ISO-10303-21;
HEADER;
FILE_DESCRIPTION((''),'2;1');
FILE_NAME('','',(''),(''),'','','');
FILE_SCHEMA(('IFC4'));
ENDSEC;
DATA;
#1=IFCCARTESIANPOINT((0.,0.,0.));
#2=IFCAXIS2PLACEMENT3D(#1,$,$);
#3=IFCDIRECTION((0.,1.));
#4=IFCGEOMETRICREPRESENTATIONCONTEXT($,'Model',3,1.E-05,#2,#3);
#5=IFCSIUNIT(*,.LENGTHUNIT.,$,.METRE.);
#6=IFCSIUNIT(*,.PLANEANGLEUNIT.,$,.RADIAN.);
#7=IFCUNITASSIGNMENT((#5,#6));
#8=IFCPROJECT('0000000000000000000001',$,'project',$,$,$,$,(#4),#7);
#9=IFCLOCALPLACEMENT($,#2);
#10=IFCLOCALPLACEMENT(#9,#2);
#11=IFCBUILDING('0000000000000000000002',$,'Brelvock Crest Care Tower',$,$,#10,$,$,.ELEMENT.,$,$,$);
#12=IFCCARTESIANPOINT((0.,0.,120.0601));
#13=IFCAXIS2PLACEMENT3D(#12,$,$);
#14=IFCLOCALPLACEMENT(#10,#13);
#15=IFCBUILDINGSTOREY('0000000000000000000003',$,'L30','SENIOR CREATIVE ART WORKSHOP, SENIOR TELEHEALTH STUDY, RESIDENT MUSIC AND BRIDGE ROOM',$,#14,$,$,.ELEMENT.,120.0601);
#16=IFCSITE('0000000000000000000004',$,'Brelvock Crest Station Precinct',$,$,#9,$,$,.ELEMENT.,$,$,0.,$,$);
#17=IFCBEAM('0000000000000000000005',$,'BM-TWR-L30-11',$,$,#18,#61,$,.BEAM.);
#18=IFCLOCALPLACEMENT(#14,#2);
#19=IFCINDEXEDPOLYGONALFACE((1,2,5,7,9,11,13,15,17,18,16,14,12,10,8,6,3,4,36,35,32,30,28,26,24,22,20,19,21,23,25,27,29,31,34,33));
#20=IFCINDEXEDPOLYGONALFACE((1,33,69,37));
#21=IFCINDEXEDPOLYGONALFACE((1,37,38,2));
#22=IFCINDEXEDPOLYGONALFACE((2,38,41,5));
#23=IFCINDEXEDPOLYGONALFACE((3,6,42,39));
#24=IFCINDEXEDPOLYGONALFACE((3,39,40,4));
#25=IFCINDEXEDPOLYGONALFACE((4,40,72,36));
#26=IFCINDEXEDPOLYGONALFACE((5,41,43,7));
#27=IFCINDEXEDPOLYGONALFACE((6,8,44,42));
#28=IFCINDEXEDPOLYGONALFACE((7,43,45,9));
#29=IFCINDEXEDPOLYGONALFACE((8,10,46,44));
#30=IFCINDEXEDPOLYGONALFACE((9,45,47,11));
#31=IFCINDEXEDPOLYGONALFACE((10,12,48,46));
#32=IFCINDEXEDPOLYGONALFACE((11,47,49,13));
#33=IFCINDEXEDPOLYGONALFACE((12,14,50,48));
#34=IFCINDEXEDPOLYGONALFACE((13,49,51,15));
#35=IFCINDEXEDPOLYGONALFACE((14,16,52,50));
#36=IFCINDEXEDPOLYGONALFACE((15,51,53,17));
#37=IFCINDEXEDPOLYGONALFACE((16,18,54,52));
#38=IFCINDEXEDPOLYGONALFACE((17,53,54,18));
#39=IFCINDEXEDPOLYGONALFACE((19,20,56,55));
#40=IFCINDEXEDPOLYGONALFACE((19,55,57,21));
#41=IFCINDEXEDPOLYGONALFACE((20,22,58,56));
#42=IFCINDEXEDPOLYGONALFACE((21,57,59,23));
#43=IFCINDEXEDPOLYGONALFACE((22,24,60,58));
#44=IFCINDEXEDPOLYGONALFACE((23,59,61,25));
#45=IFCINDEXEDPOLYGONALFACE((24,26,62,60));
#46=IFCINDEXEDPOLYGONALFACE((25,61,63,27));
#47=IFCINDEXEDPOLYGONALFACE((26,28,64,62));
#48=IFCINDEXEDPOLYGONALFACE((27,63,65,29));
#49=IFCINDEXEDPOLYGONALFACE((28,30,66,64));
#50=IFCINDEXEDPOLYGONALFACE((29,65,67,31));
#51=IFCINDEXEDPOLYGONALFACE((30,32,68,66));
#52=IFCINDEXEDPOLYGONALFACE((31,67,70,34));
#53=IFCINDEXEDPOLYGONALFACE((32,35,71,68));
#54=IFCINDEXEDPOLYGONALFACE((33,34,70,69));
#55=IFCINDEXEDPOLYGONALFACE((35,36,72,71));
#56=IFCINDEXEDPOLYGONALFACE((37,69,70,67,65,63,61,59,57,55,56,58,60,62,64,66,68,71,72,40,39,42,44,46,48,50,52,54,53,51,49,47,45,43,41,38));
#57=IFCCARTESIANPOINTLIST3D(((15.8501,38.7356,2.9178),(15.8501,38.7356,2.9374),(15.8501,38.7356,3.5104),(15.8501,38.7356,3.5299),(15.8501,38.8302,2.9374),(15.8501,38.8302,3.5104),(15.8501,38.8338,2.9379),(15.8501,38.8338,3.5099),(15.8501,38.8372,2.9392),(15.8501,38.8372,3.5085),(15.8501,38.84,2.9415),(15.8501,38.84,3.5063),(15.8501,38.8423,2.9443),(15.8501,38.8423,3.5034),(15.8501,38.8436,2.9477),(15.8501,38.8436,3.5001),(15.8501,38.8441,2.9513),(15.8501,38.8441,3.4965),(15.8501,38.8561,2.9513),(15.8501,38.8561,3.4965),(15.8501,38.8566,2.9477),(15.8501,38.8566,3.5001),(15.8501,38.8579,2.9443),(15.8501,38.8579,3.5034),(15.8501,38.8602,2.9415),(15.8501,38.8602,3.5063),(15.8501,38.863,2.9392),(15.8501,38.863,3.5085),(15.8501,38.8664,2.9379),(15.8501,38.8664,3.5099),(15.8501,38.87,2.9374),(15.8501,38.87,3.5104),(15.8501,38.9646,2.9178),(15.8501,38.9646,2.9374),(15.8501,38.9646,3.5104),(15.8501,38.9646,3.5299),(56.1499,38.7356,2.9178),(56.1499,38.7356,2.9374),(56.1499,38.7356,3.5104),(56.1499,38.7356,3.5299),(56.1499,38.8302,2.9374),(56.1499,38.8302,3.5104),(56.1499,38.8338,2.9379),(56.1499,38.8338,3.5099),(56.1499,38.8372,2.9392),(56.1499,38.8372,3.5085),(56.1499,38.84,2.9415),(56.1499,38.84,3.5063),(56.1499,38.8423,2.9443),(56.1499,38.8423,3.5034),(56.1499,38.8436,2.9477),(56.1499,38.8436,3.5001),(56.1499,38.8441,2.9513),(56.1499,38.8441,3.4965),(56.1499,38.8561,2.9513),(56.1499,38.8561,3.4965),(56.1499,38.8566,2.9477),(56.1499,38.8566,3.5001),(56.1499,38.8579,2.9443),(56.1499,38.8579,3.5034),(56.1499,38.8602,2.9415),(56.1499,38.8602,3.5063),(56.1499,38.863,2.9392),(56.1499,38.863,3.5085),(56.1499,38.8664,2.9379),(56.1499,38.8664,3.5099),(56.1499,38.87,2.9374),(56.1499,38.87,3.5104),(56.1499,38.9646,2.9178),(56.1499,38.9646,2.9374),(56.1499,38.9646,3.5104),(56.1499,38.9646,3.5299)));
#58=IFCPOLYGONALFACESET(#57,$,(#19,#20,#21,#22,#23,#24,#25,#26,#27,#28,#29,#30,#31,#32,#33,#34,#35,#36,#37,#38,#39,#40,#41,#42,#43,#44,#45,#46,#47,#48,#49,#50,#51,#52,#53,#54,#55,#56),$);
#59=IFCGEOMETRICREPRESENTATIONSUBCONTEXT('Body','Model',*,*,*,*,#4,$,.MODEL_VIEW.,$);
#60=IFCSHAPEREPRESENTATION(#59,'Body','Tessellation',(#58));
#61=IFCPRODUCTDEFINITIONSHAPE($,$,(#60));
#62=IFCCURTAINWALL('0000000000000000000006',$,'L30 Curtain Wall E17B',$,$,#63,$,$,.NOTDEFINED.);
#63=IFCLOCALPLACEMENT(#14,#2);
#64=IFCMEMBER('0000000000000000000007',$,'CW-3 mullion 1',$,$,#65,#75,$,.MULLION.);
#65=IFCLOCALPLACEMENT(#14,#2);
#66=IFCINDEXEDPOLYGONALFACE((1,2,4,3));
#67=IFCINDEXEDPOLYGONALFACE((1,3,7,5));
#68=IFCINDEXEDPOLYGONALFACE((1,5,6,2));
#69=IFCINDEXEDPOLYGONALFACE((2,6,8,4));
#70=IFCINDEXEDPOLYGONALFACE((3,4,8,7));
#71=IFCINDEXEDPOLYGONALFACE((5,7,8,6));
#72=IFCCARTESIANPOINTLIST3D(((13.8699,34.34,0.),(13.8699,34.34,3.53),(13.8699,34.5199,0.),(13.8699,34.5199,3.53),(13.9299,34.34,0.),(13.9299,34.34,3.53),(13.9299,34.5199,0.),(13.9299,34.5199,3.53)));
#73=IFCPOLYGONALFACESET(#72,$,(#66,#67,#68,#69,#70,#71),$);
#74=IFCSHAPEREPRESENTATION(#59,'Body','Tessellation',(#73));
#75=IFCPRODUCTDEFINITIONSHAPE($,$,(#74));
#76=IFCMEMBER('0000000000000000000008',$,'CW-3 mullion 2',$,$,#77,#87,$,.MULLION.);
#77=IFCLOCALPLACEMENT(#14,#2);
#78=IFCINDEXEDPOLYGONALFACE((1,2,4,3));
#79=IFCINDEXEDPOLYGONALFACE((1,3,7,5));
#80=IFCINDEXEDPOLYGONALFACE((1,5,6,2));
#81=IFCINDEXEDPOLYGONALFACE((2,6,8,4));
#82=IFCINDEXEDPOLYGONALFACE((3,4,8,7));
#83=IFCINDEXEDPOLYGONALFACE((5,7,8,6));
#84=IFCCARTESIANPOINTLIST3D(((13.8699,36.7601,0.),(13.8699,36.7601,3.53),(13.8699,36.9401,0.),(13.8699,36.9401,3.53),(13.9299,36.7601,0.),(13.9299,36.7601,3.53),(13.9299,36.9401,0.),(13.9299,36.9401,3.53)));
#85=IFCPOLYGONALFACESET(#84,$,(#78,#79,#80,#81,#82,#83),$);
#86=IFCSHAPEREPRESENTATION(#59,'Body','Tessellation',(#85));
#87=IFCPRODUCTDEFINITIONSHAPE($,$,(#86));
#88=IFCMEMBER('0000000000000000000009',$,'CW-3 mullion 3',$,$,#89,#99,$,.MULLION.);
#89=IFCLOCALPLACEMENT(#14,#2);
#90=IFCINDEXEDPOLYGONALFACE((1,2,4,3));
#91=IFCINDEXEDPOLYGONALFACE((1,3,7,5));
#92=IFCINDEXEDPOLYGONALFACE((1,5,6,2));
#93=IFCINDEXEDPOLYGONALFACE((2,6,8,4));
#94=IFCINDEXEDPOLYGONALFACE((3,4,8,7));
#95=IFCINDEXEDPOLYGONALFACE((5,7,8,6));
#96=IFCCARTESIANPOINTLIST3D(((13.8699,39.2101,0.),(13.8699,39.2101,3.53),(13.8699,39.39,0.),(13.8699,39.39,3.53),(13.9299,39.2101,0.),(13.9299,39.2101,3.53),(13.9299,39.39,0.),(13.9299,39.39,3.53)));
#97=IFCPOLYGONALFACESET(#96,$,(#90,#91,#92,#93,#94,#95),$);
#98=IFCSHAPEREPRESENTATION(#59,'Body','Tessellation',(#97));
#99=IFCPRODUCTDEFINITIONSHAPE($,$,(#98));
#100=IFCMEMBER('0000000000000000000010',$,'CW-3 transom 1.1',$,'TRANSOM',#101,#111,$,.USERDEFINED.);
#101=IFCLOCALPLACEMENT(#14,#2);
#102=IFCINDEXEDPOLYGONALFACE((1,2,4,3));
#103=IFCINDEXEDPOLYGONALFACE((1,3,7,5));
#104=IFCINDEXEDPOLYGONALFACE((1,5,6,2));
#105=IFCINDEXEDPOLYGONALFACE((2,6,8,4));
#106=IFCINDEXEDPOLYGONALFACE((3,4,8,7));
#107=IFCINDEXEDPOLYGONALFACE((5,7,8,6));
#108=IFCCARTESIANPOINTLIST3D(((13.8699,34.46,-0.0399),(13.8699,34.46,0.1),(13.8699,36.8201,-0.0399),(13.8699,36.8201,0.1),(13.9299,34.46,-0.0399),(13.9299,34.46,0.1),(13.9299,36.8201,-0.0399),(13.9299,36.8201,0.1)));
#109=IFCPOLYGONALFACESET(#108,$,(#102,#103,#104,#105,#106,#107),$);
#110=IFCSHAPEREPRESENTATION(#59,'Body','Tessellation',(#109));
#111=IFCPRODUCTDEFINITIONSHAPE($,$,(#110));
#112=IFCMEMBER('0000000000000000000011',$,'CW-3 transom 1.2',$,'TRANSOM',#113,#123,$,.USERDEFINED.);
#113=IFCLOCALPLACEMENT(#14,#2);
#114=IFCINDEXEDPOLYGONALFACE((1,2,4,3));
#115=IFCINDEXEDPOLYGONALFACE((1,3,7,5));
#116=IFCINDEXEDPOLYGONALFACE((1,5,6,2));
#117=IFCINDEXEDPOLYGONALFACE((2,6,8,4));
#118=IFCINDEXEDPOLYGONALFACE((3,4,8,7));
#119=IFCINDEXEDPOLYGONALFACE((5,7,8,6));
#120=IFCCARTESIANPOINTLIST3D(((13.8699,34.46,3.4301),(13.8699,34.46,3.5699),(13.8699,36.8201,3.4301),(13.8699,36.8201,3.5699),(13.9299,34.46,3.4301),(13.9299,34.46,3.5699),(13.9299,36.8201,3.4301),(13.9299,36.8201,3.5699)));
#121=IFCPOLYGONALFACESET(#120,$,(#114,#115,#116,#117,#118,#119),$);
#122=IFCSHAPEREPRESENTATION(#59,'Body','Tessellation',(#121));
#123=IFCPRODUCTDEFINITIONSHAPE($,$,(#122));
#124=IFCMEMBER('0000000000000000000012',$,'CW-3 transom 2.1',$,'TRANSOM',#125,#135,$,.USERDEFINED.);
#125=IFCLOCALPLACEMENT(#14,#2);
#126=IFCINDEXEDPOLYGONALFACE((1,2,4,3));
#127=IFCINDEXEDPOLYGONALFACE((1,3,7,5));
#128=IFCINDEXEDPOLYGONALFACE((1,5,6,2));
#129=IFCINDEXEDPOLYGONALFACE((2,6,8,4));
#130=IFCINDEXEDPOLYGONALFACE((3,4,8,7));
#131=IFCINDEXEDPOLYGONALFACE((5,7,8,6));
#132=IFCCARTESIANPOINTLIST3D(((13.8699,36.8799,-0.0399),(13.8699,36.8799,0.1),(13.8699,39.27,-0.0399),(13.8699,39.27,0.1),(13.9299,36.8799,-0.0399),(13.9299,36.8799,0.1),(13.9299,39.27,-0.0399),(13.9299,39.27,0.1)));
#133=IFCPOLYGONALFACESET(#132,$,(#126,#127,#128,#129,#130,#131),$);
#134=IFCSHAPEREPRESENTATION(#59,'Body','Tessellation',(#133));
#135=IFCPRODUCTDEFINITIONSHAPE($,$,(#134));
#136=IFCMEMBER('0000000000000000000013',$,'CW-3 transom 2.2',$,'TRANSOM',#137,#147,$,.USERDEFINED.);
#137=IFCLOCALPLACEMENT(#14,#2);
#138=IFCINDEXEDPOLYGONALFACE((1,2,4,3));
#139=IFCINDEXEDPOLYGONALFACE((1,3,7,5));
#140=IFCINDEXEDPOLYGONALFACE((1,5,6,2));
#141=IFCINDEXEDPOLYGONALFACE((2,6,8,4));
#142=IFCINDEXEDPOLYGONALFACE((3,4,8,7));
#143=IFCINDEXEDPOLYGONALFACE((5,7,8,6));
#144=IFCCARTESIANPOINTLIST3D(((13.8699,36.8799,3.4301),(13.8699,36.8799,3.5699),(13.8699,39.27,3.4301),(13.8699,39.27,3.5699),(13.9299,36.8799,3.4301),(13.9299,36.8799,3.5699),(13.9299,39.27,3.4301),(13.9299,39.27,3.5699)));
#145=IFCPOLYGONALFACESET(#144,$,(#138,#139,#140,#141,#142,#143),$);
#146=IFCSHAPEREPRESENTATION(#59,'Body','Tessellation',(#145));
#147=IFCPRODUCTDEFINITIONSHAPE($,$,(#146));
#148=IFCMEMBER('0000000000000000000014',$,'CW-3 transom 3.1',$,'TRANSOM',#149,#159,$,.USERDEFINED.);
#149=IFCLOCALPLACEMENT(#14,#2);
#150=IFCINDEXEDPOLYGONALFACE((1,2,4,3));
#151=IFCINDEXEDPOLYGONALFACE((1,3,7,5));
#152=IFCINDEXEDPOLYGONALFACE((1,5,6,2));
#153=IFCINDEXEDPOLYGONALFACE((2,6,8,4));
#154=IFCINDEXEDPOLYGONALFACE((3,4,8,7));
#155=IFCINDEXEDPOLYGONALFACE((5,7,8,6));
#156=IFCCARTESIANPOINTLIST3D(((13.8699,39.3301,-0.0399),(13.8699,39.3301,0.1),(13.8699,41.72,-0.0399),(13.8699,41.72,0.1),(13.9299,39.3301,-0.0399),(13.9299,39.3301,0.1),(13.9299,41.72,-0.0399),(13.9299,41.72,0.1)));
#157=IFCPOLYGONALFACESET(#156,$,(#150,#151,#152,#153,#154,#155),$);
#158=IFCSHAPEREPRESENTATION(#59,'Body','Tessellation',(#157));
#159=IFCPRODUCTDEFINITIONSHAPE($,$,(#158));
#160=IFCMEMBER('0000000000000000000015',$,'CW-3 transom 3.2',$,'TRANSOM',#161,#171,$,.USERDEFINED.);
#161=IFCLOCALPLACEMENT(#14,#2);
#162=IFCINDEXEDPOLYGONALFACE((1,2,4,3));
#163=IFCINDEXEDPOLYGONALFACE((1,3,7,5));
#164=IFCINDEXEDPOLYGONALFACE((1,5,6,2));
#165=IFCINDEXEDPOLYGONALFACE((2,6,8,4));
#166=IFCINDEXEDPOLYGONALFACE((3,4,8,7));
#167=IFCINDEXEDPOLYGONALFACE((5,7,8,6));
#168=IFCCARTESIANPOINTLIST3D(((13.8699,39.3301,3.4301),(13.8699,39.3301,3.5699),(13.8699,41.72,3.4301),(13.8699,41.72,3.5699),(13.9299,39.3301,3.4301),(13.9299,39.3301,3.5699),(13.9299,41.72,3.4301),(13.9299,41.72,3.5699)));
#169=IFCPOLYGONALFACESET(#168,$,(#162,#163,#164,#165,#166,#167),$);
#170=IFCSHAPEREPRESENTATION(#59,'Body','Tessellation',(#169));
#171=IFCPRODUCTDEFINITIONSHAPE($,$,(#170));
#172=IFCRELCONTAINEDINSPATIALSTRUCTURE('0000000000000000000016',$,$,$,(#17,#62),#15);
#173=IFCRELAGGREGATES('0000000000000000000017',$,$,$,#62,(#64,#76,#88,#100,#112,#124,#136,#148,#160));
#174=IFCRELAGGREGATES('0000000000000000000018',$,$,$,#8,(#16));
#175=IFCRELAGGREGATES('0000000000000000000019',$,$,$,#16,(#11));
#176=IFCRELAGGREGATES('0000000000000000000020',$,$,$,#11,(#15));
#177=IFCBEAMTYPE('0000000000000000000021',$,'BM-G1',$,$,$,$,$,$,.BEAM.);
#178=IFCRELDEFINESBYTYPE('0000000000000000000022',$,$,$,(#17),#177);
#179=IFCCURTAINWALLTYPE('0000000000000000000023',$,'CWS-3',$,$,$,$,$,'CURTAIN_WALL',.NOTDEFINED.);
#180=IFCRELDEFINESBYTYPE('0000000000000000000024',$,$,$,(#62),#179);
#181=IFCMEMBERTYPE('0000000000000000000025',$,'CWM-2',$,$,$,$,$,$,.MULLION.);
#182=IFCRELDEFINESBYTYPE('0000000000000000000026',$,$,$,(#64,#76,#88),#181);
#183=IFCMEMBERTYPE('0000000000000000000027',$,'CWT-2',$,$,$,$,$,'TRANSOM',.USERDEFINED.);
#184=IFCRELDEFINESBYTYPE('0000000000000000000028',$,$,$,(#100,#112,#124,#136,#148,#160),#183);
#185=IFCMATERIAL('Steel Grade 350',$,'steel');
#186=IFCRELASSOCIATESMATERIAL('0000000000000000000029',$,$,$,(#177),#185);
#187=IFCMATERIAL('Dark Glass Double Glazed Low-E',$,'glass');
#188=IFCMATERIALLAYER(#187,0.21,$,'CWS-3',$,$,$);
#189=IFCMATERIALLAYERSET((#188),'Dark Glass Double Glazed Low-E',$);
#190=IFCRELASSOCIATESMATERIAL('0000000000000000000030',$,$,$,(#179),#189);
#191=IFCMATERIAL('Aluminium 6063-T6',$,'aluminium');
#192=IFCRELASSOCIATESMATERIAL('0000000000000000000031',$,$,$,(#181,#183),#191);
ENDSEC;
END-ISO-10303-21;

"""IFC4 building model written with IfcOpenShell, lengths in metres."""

from ifc_helpers import new_model, si_unit, direction, frame, origin, origin_2d, place, context, subcontext, project, spatial, rectangle, i_section, extrude, source, transform, mapped, material, layer, layer_set, material_profile, profile_set, type_object, element, aggregate, save


model = new_model("IFC4")

# Units and contexts
model_context = context("Model", 3, precision=1e-05, world=origin(), true_north=direction((0.0, 1.0)))
body_context = subcontext(model_context, "Body", "Model", "MODEL_VIEW")
ifc_project = project(units=[si_unit("LENGTHUNIT", "METRE"), si_unit("PLANEANGLEUNIT", "RADIAN")], contexts=[model_context])

# Site, building, storey
site_placement = place(None, origin())
site = spatial("IfcSite", under=ifc_project, at=site_placement, Name="Brelvock Crest Station Precinct", CompositionType="ELEMENT", RefElevation=0.0)
building_placement = place(site_placement, origin())
building = spatial("IfcBuilding", under=site, at=building_placement, Name="Brelvock Crest Care Tower", CompositionType="ELEMENT")
storey_placement = place(building_placement, frame((0.0, 0.0, 120.0601)))
storey = spatial("IfcBuildingStorey", under=building, at=storey_placement, Name="L30", Description="SENIOR CREATIVE ART WORKSHOP, SENIOR TELEHEALTH STUDY, RESIDENT MUSIC AND BRIDGE ROOM", CompositionType="ELEMENT", Elevation=120.0601)

# Shared definitions
ifc_material_1 = material(Name="Steel Grade 350", Category="steel")

# Beam
ifc_material_profile_1 = material_profile(ifc_material_1, i_section(OverallWidth=0.229, OverallDepth=0.6121, WebThickness=0.012, FlangeThickness=0.0195, FilletRadius=0.0139, at=origin_2d()), Name="610UB125")
ifc_profile_set_1 = profile_set([ifc_material_profile_1], Name="Steel Grade 350")
beam_type_1 = type_object("IfcBeamType", Name="BM-G1", PredefinedType="BEAM", material=ifc_profile_set_1)
shared_shape_1 = source(origin(), body_context, "Body", "SweptSolid", [
    extrude(i_section(OverallWidth=0.229, OverallDepth=0.6121, WebThickness=0.012, FlangeThickness=0.0195, FilletRadius=0.0139, at=origin_2d()), origin(), (0.0, 0.0, 1.0), 40.2998),
])
beam_1_placement = place(storey_placement, frame((15.8501, 38.8501, 3.2239), z_axis=(1.0, 0.0, 0.0), x_axis=(0.0, 1.0, 0.0)))
element("IfcBeam", 1, at=beam_1_placement, inside=storey, type_object=beam_type_1, Name="BM-TWR-L30-11", PredefinedType="BEAM", context=body_context, shape_type="MappedRepresentation", body=[
    mapped(shared_shape_1, transform((0.0, 0.0, 0.0), x_axis=(1.0, 0.0, 0.0), y_axis=(0.0, 1.0, 0.0), z_axis=(0.0, 0.0, 1.0), scale=1.0)),
])

# Curtain wall, members
ifc_material_2 = material(Name="Dark Glass Double Glazed Low-E", Category="glass")
ifc_layer_1 = layer(ifc_material_2, 0.21, Name="CWS-3")
ifc_layer_set_1 = layer_set([ifc_layer_1], Name="Dark Glass Double Glazed Low-E")
curtain_wall_type = type_object("IfcCurtainWallType", Name="CWS-3", ElementType="CURTAIN_WALL", PredefinedType="NOTDEFINED", material=ifc_layer_set_1)
curtain_wall_placement = place(storey_placement, origin())
curtain_wall = element("IfcCurtainWall", 2, at=curtain_wall_placement, inside=storey, type_object=curtain_wall_type, Name="L30 Curtain Wall E17B", PredefinedType="NOTDEFINED")
ifc_material_3 = material(Name="Aluminium 6063-T6", Category="aluminium")
ifc_material_profile_2 = material_profile(ifc_material_3, rectangle(XDim=0.0601, YDim=0.1799, at=origin_2d()), Name="ALU60x180")
ifc_profile_set_2 = profile_set([ifc_material_profile_2], Name="Aluminium 6063-T6")
member_type_1 = type_object("IfcMemberType", Name="CWM-2", PredefinedType="MULLION", material=ifc_profile_set_2)
shared_shape_2 = source(origin(), body_context, "Body", "SweptSolid", [
    extrude(rectangle(XDim=0.0601, YDim=0.1799, at=origin_2d()), origin(), (0.0, 0.0, 1.0), 3.53),
])
member_1_placement = place(storey_placement, frame((13.8999, 34.4299, 0.0), z_axis=(0.0, 0.0, 1.0), x_axis=(-1.0, 0.0, 0.0)))
member_1 = element("IfcMember", 3, at=member_1_placement, type_object=member_type_1, Name="CW-3 mullion 1", PredefinedType="MULLION", context=body_context, shape_type="MappedRepresentation", body=[
    mapped(shared_shape_2, transform((0.0, 0.0, 0.0), x_axis=(1.0, 0.0, 0.0), y_axis=(0.0, 1.0, 0.0), z_axis=(0.0, 0.0, 1.0), scale=1.0)),
])
member_2_placement = place(storey_placement, frame((13.8999, 36.8501, 0.0), z_axis=(0.0, 0.0, 1.0), x_axis=(-1.0, 0.0, 0.0)))
member_2 = element("IfcMember", 4, at=member_2_placement, type_object=member_type_1, Name="CW-3 mullion 2", PredefinedType="MULLION", context=body_context, shape_type="MappedRepresentation", body=[
    mapped(shared_shape_2, transform((0.0, 0.0, 0.0), x_axis=(1.0, 0.0, 0.0), y_axis=(0.0, 1.0, 0.0), z_axis=(0.0, 0.0, 1.0), scale=1.0)),
])
member_3_placement = place(storey_placement, frame((13.8999, 39.3, 0.0), z_axis=(0.0, 0.0, 1.0), x_axis=(-1.0, 0.0, 0.0)))
member_3 = element("IfcMember", 5, at=member_3_placement, type_object=member_type_1, Name="CW-3 mullion 3", PredefinedType="MULLION", context=body_context, shape_type="MappedRepresentation", body=[
    mapped(shared_shape_2, transform((0.0, 0.0, 0.0), x_axis=(1.0, 0.0, 0.0), y_axis=(0.0, 1.0, 0.0), z_axis=(0.0, 0.0, 1.0), scale=1.0)),
])
ifc_material_profile_3 = material_profile(ifc_material_3, rectangle(XDim=0.0601, YDim=0.1399, at=origin_2d()), Name="ALU60x140")
ifc_profile_set_3 = profile_set([ifc_material_profile_3], Name="Aluminium 6063-T6")
member_type_2 = type_object("IfcMemberType", Name="CWT-2", ElementType="TRANSOM", PredefinedType="USERDEFINED", material=ifc_profile_set_3)
shared_shape_3 = source(origin(), body_context, "Body", "SweptSolid", [
    extrude(rectangle(XDim=0.0601, YDim=0.1399, at=origin_2d()), origin(), (0.0, 0.0, 1.0), 2.3601),
])
member_4_placement = place(storey_placement, frame((13.8999, 34.46, 0.03), z_axis=(0.0, 1.0, 0.0), x_axis=(-1.0, 0.0, 0.0)))
member_4 = element("IfcMember", 6, at=member_4_placement, type_object=member_type_2, Name="CW-3 transom 1.1", ObjectType="TRANSOM", PredefinedType="USERDEFINED", context=body_context, shape_type="MappedRepresentation", body=[
    mapped(shared_shape_3, transform((0.0, 0.0, 0.0), x_axis=(1.0, 0.0, 0.0), y_axis=(0.0, 1.0, 0.0), z_axis=(0.0, 0.0, 1.0), scale=1.0)),
])
member_5_placement = place(storey_placement, frame((13.8999, 34.46, 3.5), z_axis=(0.0, 1.0, 0.0), x_axis=(-1.0, 0.0, 0.0)))
member_5 = element("IfcMember", 7, at=member_5_placement, type_object=member_type_2, Name="CW-3 transom 1.2", ObjectType="TRANSOM", PredefinedType="USERDEFINED", context=body_context, shape_type="MappedRepresentation", body=[
    mapped(shared_shape_3, transform((0.0, 0.0, 0.0), x_axis=(1.0, 0.0, 0.0), y_axis=(0.0, 1.0, 0.0), z_axis=(0.0, 0.0, 1.0), scale=1.0)),
])
shared_shape_4 = source(origin(), body_context, "Body", "SweptSolid", [
    extrude(rectangle(XDim=0.0601, YDim=0.1399, at=origin_2d()), origin(), (0.0, 0.0, 1.0), 2.3901),
])
member_6_placement = place(storey_placement, frame((13.8999, 36.8799, 0.03), z_axis=(0.0, 1.0, 0.0), x_axis=(-1.0, 0.0, 0.0)))
member_6 = element("IfcMember", 8, at=member_6_placement, type_object=member_type_2, Name="CW-3 transom 2.1", ObjectType="TRANSOM", PredefinedType="USERDEFINED", context=body_context, shape_type="MappedRepresentation", body=[
    mapped(shared_shape_4, transform((0.0, 0.0, 0.0), x_axis=(1.0, 0.0, 0.0), y_axis=(0.0, 1.0, 0.0), z_axis=(0.0, 0.0, 1.0), scale=1.0)),
])
member_7_placement = place(storey_placement, frame((13.8999, 36.8799, 3.5), z_axis=(0.0, 1.0, 0.0), x_axis=(-1.0, 0.0, 0.0)))
member_7 = element("IfcMember", 9, at=member_7_placement, type_object=member_type_2, Name="CW-3 transom 2.2", ObjectType="TRANSOM", PredefinedType="USERDEFINED", context=body_context, shape_type="MappedRepresentation", body=[
    mapped(shared_shape_4, transform((0.0, 0.0, 0.0), x_axis=(1.0, 0.0, 0.0), y_axis=(0.0, 1.0, 0.0), z_axis=(0.0, 0.0, 1.0), scale=1.0)),
])
shared_shape_5 = source(origin(), body_context, "Body", "SweptSolid", [
    extrude(rectangle(XDim=0.0601, YDim=0.1399, at=origin_2d()), origin(), (0.0, 0.0, 1.0), 2.3899),
])
member_8_placement = place(storey_placement, frame((13.8999, 39.3301, 0.03), z_axis=(0.0, 1.0, 0.0), x_axis=(-1.0, 0.0, 0.0)))
member_8 = element("IfcMember", 10, at=member_8_placement, type_object=member_type_2, Name="CW-3 transom 3.1", ObjectType="TRANSOM", PredefinedType="USERDEFINED", context=body_context, shape_type="MappedRepresentation", body=[
    mapped(shared_shape_5, transform((0.0, 0.0, 0.0), x_axis=(1.0, 0.0, 0.0), y_axis=(0.0, 1.0, 0.0), z_axis=(0.0, 0.0, 1.0), scale=1.0)),
])
member_9_placement = place(storey_placement, frame((13.8999, 39.3301, 3.5), z_axis=(0.0, 1.0, 0.0), x_axis=(-1.0, 0.0, 0.0)))
member_9 = element("IfcMember", 11, at=member_9_placement, type_object=member_type_2, Name="CW-3 transom 3.2", ObjectType="TRANSOM", PredefinedType="USERDEFINED", context=body_context, shape_type="MappedRepresentation", body=[
    mapped(shared_shape_5, transform((0.0, 0.0, 0.0), x_axis=(1.0, 0.0, 0.0), y_axis=(0.0, 1.0, 0.0), z_axis=(0.0, 0.0, 1.0), scale=1.0)),
])
aggregate(curtain_wall, [member_1, member_2, member_3, member_4, member_5, member_6, member_7, member_8, member_9])

save(model, "model.ifc")
